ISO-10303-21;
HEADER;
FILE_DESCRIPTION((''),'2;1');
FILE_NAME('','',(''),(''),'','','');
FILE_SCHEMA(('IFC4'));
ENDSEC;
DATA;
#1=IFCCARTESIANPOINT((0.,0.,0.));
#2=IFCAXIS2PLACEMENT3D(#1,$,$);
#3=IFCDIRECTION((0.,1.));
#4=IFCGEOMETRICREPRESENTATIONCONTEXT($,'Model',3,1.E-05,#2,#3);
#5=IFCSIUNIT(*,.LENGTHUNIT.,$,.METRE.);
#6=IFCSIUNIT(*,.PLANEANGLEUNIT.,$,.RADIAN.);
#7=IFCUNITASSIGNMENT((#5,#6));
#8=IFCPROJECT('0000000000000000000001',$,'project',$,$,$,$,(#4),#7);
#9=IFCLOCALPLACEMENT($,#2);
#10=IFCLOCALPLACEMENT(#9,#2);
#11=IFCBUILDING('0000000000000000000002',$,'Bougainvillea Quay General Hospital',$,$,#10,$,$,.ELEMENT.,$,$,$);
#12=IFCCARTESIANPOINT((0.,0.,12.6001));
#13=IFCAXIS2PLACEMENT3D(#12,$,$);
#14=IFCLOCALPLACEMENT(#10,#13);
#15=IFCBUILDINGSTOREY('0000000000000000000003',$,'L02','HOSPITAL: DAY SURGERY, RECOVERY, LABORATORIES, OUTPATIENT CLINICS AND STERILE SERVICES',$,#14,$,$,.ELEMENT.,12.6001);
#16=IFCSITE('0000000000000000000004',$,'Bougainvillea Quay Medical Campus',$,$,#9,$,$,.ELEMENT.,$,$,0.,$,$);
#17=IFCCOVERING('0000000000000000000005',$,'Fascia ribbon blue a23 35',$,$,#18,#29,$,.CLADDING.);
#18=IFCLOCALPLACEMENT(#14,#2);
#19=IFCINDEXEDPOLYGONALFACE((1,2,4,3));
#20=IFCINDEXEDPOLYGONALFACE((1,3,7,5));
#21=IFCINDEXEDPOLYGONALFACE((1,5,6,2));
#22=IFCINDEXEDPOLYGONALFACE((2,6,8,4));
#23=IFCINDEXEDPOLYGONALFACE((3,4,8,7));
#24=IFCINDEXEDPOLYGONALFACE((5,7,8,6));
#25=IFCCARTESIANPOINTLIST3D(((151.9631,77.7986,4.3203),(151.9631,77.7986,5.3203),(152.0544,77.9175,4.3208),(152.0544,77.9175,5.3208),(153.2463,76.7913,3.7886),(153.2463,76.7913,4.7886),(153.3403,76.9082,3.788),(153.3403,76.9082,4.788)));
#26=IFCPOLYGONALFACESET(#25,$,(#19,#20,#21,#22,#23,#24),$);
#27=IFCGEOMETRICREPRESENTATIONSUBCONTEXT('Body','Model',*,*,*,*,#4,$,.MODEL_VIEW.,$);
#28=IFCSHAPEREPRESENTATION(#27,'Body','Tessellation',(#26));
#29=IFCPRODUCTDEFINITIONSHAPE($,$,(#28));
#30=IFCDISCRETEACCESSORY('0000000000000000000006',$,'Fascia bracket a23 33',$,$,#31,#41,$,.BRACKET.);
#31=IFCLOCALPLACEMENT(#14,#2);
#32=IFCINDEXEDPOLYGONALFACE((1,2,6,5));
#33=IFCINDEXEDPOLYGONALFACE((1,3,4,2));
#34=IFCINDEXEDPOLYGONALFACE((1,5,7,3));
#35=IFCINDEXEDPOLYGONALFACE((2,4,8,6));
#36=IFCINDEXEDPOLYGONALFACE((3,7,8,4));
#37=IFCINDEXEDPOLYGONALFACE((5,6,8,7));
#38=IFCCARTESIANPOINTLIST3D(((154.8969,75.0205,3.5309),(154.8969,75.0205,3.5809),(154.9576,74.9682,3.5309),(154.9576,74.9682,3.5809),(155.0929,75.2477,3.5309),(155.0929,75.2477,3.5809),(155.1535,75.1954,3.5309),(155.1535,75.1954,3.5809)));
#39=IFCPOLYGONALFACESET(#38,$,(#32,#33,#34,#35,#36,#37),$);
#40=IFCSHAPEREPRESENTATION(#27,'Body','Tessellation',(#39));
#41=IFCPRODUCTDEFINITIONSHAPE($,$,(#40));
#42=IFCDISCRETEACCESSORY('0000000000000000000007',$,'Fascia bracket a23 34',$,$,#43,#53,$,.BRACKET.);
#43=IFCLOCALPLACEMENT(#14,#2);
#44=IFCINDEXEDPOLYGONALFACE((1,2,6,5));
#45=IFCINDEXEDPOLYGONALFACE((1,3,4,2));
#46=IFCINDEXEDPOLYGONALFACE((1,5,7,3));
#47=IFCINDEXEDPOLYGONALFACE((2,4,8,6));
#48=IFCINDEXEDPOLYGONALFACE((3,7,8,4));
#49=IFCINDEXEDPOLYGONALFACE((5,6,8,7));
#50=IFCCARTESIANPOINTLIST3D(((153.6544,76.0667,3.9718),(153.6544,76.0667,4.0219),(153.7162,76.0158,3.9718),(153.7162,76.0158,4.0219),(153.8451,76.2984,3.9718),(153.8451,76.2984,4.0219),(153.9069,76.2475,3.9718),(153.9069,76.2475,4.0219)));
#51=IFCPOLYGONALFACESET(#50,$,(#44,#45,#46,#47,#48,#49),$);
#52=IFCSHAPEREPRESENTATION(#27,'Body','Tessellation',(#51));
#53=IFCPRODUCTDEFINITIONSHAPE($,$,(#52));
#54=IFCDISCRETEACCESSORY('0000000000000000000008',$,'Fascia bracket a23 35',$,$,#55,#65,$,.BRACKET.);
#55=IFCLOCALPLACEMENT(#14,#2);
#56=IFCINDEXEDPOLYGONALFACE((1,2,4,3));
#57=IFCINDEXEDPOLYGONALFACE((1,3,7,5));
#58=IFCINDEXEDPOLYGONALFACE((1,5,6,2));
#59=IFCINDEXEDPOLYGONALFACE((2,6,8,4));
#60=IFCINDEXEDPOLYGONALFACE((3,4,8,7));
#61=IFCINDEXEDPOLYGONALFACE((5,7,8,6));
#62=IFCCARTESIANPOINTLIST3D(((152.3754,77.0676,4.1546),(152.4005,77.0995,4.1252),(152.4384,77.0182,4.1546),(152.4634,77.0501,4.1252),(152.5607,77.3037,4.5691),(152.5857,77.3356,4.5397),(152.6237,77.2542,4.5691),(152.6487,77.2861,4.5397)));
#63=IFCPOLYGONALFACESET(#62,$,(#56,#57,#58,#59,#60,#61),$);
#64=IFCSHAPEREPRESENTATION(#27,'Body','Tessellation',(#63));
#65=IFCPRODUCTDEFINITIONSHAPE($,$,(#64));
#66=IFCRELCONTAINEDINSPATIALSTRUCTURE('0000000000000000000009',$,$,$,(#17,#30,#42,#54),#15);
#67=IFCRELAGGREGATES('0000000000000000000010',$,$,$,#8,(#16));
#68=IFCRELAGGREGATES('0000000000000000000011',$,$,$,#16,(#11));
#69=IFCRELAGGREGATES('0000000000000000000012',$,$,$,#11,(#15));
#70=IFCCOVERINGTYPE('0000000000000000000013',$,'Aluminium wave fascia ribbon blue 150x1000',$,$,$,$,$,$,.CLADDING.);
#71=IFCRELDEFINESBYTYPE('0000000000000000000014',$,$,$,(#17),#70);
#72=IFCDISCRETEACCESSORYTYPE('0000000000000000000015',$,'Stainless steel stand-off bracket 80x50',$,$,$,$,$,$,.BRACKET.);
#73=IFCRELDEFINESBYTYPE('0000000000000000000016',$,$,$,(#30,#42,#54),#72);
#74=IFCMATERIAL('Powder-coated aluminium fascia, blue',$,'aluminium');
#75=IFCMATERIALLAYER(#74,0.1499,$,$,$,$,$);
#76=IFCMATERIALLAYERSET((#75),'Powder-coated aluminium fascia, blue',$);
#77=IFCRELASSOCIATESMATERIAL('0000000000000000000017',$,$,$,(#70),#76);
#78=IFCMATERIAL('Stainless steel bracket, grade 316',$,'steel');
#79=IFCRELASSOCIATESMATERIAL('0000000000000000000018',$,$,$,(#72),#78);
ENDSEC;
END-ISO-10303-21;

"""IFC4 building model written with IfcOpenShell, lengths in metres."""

from ifc_helpers import new_model, si_unit, direction, frame, origin, origin_2d, place, context, subcontext, project, spatial, polyline, rectangle, outline, extrude, material, layer, layer_set, material_profile, profile_set, type_object, element, save


model = new_model("IFC4")

# Units and contexts
model_context = context("Model", 3, precision=1e-05, world=origin(), true_north=direction((0.0, 1.0)))
body_context = subcontext(model_context, "Body", "Model", "MODEL_VIEW")
ifc_project = project(units=[si_unit("LENGTHUNIT", "METRE"), si_unit("PLANEANGLEUNIT", "RADIAN")], contexts=[model_context])

# Site, building, storey
site_placement = place(None, origin())
site = spatial("IfcSite", under=ifc_project, at=site_placement, Name="Bougainvillea Quay Medical Campus", CompositionType="ELEMENT", RefElevation=0.0)
building_placement = place(site_placement, origin())
building = spatial("IfcBuilding", under=site, at=building_placement, Name="Bougainvillea Quay General Hospital", CompositionType="ELEMENT")
storey_placement = place(building_placement, frame((0.0, 0.0, 12.6001)))
storey = spatial("IfcBuildingStorey", under=building, at=storey_placement, Name="L02", Description="HOSPITAL: DAY SURGERY, RECOVERY, LABORATORIES, OUTPATIENT CLINICS AND STERILE SERVICES", CompositionType="ELEMENT", Elevation=12.6001)

# Covering
ifc_material_1 = material(Name="Powder-coated aluminium fascia, blue", Category="aluminium")
ifc_layer_1 = layer(ifc_material_1, 0.1499)
ifc_layer_set_1 = layer_set([ifc_layer_1], Name="Powder-coated aluminium fascia, blue")
covering_type = type_object("IfcCoveringType", Name="Aluminium wave fascia ribbon blue 150x1000", PredefinedType="CLADDING", material=ifc_layer_set_1)
covering_1_placement = place(storey_placement, frame((153.2463, 76.7913, 3.7886), z_axis=(0.24366, -0.191447, 0.950777), x_axis=(-0.74787, 0.587084, 0.309875)))
element("IfcCovering", 1, at=covering_1_placement, inside=storey, type_object=covering_type, Name="Fascia ribbon blue a23 35", PredefinedType="CLADDING", context=body_context, shape_type="SweptSolid", body=[
    extrude(outline(polyline([(0.0, 0.0), (1.7158, 0.0), (1.7175, -0.1499), (-0.0018, -0.15), (0.0, 0.0)])), origin(), (0.309875, -0.000129, 0.950777), 1.0),
])

# Discrete accessories
ifc_material_2 = material(Name="Stainless steel bracket, grade 316", Category="steel")
ifc_material_profile_1 = material_profile(ifc_material_2, rectangle(XDim=0.0801, YDim=0.05, at=origin_2d()))
ifc_profile_set_1 = profile_set([ifc_material_profile_1], Name="Stainless steel bracket, grade 316")
discrete_accessory_type = type_object("IfcDiscreteAccessoryType", Name="Stainless steel stand-off bracket 80x50", PredefinedType="BRACKET", material=ifc_profile_set_1)
for number, where, z_axis, x_axis, name in (
    (2, (154.9272, 74.9944, 3.5559), (0.653133, 0.757243, 0.0), (-0.757243, 0.653133, 0.0), "Fascia bracket a23 33"),
    (3, (153.6853, 76.0413, 3.9968), (0.635451, 0.772142, 0.0), (-0.772142, 0.635451, 0.0), "Fascia bracket a23 34"),
):
    element("IfcDiscreteAccessory", number, at=place(storey_placement, frame(where, z_axis=z_axis, x_axis=x_axis)), inside=storey, type_object=discrete_accessory_type, Name=name, PredefinedType="BRACKET", context=body_context, shape_type="SweptSolid", body=[
        extrude(rectangle(XDim=0.0801, YDim=0.05, at=origin_2d()), origin(), (0.0, 0.0, 1.0), 0.3),
    ])
discrete_accessory_placement = place(storey_placement, frame((152.4194, 77.0588, 4.1399), z_axis=(0.362071, 0.461294, 0.810008), x_axis=(-0.786629, 0.617426, 0.0)))
element("IfcDiscreteAccessory", 4, at=discrete_accessory_placement, inside=storey, type_object=discrete_accessory_type, Name="Fascia bracket a23 35", PredefinedType="BRACKET", context=body_context, shape_type="SweptSolid", body=[
    extrude(rectangle(XDim=0.0801, YDim=0.05, at=origin_2d()), origin(), (0.0, 0.0, 1.0), 0.5117),
])

save(model, "model.ifc")
